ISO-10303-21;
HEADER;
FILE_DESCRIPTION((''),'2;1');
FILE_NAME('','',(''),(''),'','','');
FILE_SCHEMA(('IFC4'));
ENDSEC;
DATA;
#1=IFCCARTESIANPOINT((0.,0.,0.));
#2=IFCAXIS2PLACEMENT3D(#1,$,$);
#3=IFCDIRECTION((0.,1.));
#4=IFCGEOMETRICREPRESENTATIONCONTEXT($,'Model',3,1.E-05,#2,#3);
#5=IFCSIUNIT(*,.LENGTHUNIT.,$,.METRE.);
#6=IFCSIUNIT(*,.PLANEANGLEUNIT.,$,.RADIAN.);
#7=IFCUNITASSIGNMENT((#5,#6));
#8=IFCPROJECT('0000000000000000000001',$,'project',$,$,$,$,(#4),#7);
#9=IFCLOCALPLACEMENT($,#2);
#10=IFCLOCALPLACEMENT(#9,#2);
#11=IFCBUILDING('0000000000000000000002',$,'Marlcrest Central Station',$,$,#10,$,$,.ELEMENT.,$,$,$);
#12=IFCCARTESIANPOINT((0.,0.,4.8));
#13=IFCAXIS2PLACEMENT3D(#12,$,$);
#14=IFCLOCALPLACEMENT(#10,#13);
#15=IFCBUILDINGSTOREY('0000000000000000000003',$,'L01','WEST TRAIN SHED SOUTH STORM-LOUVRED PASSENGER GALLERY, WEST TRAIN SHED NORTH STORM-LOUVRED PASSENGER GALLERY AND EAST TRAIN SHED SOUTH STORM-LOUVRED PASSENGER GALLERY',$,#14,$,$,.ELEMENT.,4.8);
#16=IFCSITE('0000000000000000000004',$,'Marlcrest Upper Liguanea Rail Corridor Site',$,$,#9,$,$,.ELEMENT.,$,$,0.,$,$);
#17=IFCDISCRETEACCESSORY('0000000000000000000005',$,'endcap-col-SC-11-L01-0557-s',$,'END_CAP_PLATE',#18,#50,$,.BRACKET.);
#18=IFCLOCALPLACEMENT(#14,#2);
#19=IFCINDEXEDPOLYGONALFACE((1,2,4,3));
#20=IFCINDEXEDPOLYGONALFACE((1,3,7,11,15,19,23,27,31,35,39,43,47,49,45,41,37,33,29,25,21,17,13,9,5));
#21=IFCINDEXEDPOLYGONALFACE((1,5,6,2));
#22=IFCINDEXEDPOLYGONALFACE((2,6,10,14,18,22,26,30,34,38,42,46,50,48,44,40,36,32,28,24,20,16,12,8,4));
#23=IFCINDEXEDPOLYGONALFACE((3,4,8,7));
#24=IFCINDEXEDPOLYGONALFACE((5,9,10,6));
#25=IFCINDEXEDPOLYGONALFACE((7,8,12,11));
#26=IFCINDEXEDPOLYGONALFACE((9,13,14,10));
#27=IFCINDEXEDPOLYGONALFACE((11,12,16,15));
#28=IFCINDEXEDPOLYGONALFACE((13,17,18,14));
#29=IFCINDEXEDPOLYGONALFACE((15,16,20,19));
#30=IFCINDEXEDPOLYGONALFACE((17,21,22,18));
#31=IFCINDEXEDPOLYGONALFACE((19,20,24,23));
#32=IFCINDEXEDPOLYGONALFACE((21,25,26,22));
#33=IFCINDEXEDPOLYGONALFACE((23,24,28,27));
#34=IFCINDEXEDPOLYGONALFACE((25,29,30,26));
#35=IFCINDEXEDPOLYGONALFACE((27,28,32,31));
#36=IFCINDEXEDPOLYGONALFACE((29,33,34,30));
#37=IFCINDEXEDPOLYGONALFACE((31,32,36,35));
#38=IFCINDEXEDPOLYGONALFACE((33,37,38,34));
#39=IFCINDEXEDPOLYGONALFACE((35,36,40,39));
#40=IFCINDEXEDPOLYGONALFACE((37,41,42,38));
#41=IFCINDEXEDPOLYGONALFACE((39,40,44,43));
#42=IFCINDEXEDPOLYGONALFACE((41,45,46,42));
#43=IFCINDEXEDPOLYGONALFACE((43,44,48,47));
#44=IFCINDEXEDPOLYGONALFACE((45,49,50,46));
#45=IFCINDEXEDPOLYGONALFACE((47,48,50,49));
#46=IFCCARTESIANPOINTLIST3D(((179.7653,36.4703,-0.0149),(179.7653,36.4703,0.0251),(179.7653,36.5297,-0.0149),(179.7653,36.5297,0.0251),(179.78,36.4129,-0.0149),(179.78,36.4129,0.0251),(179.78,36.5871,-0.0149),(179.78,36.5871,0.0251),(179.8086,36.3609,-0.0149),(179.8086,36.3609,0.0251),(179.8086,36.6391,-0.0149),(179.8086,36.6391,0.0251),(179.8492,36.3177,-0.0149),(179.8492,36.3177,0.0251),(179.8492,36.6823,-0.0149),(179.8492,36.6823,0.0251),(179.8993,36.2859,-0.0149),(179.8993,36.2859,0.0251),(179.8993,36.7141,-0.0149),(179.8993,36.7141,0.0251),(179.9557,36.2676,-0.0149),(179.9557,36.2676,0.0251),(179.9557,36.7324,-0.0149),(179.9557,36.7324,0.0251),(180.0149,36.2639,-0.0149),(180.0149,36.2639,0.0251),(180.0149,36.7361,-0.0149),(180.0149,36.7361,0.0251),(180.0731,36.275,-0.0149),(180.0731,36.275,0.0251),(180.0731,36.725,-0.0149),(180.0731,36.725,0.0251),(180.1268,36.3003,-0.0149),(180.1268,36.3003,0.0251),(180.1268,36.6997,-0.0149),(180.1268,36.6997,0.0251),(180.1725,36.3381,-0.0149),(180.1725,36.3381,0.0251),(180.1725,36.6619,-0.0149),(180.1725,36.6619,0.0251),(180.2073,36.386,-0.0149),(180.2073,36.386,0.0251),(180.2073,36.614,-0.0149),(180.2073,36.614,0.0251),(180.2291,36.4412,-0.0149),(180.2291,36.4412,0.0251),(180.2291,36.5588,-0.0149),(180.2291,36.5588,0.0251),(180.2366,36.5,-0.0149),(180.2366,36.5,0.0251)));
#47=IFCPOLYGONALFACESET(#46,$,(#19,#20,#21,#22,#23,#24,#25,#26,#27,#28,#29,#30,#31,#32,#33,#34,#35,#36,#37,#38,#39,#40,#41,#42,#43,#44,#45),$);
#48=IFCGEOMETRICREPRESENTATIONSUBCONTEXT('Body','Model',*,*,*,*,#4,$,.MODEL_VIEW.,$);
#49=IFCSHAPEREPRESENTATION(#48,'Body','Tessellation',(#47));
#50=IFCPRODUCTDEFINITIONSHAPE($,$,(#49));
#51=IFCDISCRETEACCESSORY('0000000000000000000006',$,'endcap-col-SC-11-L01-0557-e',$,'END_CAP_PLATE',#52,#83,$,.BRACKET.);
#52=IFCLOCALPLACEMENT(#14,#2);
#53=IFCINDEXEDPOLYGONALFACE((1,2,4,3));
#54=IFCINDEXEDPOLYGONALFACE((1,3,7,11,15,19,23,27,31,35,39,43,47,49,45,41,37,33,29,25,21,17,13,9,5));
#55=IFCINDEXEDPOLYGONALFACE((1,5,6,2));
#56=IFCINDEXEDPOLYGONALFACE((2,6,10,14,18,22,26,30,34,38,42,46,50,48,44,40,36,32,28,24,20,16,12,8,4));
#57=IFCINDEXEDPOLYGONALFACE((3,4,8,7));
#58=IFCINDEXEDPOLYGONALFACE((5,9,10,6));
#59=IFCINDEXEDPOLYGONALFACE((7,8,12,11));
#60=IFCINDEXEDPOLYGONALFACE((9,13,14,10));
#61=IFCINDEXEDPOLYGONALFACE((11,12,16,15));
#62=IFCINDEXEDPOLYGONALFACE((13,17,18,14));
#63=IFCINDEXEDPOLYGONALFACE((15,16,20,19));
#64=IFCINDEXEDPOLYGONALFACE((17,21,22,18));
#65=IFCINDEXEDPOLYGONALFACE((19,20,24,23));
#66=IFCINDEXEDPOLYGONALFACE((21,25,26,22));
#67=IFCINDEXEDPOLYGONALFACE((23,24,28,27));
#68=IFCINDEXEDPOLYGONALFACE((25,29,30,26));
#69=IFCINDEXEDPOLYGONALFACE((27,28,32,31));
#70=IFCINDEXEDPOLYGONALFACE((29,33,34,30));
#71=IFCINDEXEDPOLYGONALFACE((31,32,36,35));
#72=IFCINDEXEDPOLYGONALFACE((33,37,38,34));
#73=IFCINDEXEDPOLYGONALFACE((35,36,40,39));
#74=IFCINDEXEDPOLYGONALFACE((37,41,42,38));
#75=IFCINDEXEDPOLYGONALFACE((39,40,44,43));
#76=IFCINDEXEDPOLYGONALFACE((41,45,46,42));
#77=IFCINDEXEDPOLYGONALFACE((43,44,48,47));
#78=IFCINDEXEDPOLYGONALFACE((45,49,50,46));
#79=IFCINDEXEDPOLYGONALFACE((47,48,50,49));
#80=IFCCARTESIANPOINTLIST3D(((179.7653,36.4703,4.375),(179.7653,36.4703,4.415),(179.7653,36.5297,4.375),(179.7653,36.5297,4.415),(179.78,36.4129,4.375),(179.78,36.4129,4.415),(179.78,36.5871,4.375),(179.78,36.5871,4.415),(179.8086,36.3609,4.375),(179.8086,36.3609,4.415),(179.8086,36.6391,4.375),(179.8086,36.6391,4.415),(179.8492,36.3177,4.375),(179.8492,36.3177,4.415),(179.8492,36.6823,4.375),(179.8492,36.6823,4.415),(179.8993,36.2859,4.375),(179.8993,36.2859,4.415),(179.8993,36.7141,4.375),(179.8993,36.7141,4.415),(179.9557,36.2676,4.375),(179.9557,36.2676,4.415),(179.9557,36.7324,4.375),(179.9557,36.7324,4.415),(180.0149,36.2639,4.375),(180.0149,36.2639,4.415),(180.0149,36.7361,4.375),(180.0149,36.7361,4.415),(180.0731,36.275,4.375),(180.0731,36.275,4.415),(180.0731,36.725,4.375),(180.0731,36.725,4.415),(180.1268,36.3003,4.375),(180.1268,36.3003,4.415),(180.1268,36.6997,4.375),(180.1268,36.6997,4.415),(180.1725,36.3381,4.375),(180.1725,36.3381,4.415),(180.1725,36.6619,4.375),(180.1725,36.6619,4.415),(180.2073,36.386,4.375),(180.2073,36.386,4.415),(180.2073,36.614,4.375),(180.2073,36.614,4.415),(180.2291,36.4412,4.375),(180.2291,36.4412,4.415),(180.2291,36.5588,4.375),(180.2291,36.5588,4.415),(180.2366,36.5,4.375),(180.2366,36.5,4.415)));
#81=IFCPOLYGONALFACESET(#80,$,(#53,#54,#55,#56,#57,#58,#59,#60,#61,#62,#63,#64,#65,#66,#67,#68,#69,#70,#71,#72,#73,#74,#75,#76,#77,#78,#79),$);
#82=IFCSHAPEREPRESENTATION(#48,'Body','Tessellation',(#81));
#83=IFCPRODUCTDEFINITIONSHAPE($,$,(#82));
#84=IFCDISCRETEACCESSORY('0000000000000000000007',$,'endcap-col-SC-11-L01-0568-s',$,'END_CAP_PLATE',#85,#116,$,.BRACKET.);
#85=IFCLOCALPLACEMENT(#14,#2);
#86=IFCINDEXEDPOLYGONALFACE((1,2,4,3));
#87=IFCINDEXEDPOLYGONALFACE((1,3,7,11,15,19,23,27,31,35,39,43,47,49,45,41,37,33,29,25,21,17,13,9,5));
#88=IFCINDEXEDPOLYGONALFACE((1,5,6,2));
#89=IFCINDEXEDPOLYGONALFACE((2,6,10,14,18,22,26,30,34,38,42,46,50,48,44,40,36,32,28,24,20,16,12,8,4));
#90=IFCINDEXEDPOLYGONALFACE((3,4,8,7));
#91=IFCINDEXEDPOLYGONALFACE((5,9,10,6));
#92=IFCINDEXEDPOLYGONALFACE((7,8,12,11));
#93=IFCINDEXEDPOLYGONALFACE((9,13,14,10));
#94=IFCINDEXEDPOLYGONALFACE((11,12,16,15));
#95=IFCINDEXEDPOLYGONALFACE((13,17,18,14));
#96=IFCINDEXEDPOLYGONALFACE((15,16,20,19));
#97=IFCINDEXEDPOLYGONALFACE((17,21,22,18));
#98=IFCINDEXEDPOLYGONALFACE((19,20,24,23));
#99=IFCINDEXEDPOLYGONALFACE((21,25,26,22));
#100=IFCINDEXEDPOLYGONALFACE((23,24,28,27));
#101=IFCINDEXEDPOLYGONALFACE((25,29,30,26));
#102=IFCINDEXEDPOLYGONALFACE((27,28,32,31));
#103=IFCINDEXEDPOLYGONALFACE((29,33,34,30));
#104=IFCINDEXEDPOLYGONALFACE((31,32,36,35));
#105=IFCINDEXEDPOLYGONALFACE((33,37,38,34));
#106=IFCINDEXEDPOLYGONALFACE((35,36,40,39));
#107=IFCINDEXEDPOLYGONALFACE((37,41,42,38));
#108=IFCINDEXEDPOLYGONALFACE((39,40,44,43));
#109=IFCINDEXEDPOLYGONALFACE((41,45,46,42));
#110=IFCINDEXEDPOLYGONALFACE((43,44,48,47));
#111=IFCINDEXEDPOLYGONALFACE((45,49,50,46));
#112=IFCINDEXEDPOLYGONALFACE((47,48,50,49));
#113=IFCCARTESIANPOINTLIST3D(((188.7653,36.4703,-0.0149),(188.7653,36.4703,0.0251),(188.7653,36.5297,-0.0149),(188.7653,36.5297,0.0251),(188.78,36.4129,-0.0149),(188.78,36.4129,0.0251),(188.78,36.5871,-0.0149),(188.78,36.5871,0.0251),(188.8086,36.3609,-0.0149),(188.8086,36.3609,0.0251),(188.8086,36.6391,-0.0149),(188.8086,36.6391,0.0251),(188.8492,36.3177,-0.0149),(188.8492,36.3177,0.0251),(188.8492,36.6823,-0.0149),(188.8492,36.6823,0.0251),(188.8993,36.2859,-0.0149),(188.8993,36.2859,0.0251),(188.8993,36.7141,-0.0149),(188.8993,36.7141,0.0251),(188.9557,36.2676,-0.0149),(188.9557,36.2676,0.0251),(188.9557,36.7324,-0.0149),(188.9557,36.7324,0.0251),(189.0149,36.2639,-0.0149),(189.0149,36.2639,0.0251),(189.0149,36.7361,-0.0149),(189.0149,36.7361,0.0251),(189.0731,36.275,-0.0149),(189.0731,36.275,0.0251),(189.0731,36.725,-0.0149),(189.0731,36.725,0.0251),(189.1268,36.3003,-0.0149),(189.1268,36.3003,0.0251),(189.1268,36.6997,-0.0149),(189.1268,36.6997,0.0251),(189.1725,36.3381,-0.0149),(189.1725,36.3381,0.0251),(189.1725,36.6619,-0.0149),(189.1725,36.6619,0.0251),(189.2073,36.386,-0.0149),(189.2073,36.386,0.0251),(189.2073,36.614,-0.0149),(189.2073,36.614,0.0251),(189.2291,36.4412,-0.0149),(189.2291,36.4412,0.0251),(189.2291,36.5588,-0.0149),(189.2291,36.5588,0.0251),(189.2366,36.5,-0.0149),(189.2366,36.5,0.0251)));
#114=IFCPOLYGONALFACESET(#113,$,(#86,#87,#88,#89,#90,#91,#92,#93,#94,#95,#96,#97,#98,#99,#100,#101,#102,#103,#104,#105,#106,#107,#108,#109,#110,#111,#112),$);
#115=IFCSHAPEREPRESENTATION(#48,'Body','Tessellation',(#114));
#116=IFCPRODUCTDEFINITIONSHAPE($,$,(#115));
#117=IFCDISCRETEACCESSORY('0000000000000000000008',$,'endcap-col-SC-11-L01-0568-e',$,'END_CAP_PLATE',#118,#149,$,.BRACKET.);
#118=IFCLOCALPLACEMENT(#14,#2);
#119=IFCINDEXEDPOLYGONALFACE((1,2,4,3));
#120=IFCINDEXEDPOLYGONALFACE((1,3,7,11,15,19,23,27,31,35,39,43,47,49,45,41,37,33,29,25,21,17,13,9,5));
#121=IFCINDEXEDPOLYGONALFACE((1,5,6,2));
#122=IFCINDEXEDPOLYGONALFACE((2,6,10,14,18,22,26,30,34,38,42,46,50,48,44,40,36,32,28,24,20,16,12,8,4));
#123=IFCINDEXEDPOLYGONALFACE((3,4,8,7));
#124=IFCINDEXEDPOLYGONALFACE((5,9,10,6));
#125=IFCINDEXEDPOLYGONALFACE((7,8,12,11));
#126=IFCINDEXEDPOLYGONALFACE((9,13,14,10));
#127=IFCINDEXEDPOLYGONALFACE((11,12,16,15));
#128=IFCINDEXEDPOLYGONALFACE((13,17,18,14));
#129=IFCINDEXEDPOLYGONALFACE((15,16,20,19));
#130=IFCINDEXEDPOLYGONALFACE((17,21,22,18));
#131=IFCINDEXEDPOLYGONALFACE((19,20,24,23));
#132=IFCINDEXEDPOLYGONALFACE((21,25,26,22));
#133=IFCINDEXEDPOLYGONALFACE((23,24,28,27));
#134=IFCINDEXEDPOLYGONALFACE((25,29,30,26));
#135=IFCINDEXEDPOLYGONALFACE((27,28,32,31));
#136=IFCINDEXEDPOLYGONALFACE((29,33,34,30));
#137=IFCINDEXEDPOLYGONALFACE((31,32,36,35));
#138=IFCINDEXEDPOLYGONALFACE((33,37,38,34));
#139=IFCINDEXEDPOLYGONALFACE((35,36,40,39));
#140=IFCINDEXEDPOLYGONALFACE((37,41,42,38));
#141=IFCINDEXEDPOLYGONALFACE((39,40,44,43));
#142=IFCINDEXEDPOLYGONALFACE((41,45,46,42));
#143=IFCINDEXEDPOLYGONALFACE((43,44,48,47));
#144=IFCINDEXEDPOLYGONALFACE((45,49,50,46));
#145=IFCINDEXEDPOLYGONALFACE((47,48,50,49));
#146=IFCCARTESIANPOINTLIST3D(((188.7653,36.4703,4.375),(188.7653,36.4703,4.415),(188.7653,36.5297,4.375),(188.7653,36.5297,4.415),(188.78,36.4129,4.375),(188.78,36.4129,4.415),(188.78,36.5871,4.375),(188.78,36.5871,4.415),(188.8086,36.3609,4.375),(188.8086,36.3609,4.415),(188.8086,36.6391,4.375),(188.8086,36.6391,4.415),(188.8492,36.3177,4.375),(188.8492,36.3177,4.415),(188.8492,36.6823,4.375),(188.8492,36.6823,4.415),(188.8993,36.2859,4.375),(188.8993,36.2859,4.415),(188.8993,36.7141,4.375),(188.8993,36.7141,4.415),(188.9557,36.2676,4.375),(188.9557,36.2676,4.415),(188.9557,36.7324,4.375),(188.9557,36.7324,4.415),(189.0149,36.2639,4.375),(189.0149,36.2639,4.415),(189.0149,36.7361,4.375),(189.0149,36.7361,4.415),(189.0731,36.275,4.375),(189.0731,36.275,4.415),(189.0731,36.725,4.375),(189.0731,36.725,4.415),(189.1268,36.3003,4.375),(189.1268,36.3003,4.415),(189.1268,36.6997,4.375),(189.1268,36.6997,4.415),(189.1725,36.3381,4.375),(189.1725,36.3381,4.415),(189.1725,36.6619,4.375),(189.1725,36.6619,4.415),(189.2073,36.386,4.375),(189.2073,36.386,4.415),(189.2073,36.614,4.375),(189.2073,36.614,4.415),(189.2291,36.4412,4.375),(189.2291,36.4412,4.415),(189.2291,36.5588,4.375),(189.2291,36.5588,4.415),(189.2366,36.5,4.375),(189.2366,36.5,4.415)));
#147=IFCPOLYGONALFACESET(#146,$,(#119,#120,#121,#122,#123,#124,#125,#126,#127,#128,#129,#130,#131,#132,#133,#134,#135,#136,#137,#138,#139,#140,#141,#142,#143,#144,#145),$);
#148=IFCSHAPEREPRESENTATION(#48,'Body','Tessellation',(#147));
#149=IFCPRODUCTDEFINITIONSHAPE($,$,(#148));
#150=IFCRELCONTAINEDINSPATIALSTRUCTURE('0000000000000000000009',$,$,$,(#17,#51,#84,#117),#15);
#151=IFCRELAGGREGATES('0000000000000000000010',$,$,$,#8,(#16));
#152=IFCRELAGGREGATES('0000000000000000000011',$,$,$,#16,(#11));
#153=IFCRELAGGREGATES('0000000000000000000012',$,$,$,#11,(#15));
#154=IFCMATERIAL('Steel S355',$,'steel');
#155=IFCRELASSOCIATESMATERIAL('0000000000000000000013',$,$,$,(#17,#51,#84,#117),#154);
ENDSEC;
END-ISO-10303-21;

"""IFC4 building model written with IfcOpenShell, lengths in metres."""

from ifc_helpers import new_model, si_unit, direction, frame, origin, origin_2d, place, context, subcontext, project, spatial, circle, extrude, material, element, save


model = new_model("IFC4")

# Units and contexts
model_context = context("Model", 3, precision=1e-05, world=origin(), true_north=direction((0.0, 1.0)))
body_context = subcontext(model_context, "Body", "Model", "MODEL_VIEW")
ifc_project = project(units=[si_unit("LENGTHUNIT", "METRE"), si_unit("PLANEANGLEUNIT", "RADIAN")], contexts=[model_context])

# Site, building, storey
site_placement = place(None, origin())
site = spatial("IfcSite", under=ifc_project, at=site_placement, Name="Marlcrest Upper Liguanea Rail Corridor Site", CompositionType="ELEMENT", RefElevation=0.0)
building_placement = place(site_placement, origin())
building = spatial("IfcBuilding", under=site, at=building_placement, Name="Marlcrest Central Station", CompositionType="ELEMENT")
storey_placement = place(building_placement, frame((0.0, 0.0, 4.8)))
storey = spatial("IfcBuildingStorey", under=building, at=storey_placement, Name="L01", Description="WEST TRAIN SHED SOUTH STORM-LOUVRED PASSENGER GALLERY, WEST TRAIN SHED NORTH STORM-LOUVRED PASSENGER GALLERY AND EAST TRAIN SHED SOUTH STORM-LOUVRED PASSENGER GALLERY", CompositionType="ELEMENT", Elevation=4.8)

# Shared definitions
ifc_material_1 = material(Name="Steel S355", Category="steel")

# Discrete accessories
for number, where, z_axis, x_axis, name in (
    (1, (180.0, 36.5, -0.0149), (0.0, 0.0, 1.0), (1.0, 0.0, 0.0), "endcap-col-SC-11-L01-0557-s"),
    (2, (180.0, 36.5, 4.375), (0.0, 0.0, 1.0), (1.0, 0.0, 0.0), "endcap-col-SC-11-L01-0557-e"),
    (3, (189.0, 36.5, -0.0149), (0.0, 0.0, 1.0), (1.0, 0.0, 0.0), "endcap-col-SC-11-L01-0568-s"),
    (4, (189.0, 36.5, 4.375), (0.0, 0.0, 1.0), (1.0, 0.0, 0.0), "endcap-col-SC-11-L01-0568-e"),
):
    element("IfcDiscreteAccessory", number, at=place(storey_placement, frame(where, z_axis=z_axis, x_axis=x_axis)), inside=storey, material=ifc_material_1, Name=name, ObjectType="END_CAP_PLATE", PredefinedType="BRACKET", context=body_context, shape_type="SweptSolid", body=[
        extrude(circle(Radius=0.2366, at=origin_2d()), origin(), (0.0, 0.0, 1.0), 0.04),
    ])

save(model, "model.ifc")
